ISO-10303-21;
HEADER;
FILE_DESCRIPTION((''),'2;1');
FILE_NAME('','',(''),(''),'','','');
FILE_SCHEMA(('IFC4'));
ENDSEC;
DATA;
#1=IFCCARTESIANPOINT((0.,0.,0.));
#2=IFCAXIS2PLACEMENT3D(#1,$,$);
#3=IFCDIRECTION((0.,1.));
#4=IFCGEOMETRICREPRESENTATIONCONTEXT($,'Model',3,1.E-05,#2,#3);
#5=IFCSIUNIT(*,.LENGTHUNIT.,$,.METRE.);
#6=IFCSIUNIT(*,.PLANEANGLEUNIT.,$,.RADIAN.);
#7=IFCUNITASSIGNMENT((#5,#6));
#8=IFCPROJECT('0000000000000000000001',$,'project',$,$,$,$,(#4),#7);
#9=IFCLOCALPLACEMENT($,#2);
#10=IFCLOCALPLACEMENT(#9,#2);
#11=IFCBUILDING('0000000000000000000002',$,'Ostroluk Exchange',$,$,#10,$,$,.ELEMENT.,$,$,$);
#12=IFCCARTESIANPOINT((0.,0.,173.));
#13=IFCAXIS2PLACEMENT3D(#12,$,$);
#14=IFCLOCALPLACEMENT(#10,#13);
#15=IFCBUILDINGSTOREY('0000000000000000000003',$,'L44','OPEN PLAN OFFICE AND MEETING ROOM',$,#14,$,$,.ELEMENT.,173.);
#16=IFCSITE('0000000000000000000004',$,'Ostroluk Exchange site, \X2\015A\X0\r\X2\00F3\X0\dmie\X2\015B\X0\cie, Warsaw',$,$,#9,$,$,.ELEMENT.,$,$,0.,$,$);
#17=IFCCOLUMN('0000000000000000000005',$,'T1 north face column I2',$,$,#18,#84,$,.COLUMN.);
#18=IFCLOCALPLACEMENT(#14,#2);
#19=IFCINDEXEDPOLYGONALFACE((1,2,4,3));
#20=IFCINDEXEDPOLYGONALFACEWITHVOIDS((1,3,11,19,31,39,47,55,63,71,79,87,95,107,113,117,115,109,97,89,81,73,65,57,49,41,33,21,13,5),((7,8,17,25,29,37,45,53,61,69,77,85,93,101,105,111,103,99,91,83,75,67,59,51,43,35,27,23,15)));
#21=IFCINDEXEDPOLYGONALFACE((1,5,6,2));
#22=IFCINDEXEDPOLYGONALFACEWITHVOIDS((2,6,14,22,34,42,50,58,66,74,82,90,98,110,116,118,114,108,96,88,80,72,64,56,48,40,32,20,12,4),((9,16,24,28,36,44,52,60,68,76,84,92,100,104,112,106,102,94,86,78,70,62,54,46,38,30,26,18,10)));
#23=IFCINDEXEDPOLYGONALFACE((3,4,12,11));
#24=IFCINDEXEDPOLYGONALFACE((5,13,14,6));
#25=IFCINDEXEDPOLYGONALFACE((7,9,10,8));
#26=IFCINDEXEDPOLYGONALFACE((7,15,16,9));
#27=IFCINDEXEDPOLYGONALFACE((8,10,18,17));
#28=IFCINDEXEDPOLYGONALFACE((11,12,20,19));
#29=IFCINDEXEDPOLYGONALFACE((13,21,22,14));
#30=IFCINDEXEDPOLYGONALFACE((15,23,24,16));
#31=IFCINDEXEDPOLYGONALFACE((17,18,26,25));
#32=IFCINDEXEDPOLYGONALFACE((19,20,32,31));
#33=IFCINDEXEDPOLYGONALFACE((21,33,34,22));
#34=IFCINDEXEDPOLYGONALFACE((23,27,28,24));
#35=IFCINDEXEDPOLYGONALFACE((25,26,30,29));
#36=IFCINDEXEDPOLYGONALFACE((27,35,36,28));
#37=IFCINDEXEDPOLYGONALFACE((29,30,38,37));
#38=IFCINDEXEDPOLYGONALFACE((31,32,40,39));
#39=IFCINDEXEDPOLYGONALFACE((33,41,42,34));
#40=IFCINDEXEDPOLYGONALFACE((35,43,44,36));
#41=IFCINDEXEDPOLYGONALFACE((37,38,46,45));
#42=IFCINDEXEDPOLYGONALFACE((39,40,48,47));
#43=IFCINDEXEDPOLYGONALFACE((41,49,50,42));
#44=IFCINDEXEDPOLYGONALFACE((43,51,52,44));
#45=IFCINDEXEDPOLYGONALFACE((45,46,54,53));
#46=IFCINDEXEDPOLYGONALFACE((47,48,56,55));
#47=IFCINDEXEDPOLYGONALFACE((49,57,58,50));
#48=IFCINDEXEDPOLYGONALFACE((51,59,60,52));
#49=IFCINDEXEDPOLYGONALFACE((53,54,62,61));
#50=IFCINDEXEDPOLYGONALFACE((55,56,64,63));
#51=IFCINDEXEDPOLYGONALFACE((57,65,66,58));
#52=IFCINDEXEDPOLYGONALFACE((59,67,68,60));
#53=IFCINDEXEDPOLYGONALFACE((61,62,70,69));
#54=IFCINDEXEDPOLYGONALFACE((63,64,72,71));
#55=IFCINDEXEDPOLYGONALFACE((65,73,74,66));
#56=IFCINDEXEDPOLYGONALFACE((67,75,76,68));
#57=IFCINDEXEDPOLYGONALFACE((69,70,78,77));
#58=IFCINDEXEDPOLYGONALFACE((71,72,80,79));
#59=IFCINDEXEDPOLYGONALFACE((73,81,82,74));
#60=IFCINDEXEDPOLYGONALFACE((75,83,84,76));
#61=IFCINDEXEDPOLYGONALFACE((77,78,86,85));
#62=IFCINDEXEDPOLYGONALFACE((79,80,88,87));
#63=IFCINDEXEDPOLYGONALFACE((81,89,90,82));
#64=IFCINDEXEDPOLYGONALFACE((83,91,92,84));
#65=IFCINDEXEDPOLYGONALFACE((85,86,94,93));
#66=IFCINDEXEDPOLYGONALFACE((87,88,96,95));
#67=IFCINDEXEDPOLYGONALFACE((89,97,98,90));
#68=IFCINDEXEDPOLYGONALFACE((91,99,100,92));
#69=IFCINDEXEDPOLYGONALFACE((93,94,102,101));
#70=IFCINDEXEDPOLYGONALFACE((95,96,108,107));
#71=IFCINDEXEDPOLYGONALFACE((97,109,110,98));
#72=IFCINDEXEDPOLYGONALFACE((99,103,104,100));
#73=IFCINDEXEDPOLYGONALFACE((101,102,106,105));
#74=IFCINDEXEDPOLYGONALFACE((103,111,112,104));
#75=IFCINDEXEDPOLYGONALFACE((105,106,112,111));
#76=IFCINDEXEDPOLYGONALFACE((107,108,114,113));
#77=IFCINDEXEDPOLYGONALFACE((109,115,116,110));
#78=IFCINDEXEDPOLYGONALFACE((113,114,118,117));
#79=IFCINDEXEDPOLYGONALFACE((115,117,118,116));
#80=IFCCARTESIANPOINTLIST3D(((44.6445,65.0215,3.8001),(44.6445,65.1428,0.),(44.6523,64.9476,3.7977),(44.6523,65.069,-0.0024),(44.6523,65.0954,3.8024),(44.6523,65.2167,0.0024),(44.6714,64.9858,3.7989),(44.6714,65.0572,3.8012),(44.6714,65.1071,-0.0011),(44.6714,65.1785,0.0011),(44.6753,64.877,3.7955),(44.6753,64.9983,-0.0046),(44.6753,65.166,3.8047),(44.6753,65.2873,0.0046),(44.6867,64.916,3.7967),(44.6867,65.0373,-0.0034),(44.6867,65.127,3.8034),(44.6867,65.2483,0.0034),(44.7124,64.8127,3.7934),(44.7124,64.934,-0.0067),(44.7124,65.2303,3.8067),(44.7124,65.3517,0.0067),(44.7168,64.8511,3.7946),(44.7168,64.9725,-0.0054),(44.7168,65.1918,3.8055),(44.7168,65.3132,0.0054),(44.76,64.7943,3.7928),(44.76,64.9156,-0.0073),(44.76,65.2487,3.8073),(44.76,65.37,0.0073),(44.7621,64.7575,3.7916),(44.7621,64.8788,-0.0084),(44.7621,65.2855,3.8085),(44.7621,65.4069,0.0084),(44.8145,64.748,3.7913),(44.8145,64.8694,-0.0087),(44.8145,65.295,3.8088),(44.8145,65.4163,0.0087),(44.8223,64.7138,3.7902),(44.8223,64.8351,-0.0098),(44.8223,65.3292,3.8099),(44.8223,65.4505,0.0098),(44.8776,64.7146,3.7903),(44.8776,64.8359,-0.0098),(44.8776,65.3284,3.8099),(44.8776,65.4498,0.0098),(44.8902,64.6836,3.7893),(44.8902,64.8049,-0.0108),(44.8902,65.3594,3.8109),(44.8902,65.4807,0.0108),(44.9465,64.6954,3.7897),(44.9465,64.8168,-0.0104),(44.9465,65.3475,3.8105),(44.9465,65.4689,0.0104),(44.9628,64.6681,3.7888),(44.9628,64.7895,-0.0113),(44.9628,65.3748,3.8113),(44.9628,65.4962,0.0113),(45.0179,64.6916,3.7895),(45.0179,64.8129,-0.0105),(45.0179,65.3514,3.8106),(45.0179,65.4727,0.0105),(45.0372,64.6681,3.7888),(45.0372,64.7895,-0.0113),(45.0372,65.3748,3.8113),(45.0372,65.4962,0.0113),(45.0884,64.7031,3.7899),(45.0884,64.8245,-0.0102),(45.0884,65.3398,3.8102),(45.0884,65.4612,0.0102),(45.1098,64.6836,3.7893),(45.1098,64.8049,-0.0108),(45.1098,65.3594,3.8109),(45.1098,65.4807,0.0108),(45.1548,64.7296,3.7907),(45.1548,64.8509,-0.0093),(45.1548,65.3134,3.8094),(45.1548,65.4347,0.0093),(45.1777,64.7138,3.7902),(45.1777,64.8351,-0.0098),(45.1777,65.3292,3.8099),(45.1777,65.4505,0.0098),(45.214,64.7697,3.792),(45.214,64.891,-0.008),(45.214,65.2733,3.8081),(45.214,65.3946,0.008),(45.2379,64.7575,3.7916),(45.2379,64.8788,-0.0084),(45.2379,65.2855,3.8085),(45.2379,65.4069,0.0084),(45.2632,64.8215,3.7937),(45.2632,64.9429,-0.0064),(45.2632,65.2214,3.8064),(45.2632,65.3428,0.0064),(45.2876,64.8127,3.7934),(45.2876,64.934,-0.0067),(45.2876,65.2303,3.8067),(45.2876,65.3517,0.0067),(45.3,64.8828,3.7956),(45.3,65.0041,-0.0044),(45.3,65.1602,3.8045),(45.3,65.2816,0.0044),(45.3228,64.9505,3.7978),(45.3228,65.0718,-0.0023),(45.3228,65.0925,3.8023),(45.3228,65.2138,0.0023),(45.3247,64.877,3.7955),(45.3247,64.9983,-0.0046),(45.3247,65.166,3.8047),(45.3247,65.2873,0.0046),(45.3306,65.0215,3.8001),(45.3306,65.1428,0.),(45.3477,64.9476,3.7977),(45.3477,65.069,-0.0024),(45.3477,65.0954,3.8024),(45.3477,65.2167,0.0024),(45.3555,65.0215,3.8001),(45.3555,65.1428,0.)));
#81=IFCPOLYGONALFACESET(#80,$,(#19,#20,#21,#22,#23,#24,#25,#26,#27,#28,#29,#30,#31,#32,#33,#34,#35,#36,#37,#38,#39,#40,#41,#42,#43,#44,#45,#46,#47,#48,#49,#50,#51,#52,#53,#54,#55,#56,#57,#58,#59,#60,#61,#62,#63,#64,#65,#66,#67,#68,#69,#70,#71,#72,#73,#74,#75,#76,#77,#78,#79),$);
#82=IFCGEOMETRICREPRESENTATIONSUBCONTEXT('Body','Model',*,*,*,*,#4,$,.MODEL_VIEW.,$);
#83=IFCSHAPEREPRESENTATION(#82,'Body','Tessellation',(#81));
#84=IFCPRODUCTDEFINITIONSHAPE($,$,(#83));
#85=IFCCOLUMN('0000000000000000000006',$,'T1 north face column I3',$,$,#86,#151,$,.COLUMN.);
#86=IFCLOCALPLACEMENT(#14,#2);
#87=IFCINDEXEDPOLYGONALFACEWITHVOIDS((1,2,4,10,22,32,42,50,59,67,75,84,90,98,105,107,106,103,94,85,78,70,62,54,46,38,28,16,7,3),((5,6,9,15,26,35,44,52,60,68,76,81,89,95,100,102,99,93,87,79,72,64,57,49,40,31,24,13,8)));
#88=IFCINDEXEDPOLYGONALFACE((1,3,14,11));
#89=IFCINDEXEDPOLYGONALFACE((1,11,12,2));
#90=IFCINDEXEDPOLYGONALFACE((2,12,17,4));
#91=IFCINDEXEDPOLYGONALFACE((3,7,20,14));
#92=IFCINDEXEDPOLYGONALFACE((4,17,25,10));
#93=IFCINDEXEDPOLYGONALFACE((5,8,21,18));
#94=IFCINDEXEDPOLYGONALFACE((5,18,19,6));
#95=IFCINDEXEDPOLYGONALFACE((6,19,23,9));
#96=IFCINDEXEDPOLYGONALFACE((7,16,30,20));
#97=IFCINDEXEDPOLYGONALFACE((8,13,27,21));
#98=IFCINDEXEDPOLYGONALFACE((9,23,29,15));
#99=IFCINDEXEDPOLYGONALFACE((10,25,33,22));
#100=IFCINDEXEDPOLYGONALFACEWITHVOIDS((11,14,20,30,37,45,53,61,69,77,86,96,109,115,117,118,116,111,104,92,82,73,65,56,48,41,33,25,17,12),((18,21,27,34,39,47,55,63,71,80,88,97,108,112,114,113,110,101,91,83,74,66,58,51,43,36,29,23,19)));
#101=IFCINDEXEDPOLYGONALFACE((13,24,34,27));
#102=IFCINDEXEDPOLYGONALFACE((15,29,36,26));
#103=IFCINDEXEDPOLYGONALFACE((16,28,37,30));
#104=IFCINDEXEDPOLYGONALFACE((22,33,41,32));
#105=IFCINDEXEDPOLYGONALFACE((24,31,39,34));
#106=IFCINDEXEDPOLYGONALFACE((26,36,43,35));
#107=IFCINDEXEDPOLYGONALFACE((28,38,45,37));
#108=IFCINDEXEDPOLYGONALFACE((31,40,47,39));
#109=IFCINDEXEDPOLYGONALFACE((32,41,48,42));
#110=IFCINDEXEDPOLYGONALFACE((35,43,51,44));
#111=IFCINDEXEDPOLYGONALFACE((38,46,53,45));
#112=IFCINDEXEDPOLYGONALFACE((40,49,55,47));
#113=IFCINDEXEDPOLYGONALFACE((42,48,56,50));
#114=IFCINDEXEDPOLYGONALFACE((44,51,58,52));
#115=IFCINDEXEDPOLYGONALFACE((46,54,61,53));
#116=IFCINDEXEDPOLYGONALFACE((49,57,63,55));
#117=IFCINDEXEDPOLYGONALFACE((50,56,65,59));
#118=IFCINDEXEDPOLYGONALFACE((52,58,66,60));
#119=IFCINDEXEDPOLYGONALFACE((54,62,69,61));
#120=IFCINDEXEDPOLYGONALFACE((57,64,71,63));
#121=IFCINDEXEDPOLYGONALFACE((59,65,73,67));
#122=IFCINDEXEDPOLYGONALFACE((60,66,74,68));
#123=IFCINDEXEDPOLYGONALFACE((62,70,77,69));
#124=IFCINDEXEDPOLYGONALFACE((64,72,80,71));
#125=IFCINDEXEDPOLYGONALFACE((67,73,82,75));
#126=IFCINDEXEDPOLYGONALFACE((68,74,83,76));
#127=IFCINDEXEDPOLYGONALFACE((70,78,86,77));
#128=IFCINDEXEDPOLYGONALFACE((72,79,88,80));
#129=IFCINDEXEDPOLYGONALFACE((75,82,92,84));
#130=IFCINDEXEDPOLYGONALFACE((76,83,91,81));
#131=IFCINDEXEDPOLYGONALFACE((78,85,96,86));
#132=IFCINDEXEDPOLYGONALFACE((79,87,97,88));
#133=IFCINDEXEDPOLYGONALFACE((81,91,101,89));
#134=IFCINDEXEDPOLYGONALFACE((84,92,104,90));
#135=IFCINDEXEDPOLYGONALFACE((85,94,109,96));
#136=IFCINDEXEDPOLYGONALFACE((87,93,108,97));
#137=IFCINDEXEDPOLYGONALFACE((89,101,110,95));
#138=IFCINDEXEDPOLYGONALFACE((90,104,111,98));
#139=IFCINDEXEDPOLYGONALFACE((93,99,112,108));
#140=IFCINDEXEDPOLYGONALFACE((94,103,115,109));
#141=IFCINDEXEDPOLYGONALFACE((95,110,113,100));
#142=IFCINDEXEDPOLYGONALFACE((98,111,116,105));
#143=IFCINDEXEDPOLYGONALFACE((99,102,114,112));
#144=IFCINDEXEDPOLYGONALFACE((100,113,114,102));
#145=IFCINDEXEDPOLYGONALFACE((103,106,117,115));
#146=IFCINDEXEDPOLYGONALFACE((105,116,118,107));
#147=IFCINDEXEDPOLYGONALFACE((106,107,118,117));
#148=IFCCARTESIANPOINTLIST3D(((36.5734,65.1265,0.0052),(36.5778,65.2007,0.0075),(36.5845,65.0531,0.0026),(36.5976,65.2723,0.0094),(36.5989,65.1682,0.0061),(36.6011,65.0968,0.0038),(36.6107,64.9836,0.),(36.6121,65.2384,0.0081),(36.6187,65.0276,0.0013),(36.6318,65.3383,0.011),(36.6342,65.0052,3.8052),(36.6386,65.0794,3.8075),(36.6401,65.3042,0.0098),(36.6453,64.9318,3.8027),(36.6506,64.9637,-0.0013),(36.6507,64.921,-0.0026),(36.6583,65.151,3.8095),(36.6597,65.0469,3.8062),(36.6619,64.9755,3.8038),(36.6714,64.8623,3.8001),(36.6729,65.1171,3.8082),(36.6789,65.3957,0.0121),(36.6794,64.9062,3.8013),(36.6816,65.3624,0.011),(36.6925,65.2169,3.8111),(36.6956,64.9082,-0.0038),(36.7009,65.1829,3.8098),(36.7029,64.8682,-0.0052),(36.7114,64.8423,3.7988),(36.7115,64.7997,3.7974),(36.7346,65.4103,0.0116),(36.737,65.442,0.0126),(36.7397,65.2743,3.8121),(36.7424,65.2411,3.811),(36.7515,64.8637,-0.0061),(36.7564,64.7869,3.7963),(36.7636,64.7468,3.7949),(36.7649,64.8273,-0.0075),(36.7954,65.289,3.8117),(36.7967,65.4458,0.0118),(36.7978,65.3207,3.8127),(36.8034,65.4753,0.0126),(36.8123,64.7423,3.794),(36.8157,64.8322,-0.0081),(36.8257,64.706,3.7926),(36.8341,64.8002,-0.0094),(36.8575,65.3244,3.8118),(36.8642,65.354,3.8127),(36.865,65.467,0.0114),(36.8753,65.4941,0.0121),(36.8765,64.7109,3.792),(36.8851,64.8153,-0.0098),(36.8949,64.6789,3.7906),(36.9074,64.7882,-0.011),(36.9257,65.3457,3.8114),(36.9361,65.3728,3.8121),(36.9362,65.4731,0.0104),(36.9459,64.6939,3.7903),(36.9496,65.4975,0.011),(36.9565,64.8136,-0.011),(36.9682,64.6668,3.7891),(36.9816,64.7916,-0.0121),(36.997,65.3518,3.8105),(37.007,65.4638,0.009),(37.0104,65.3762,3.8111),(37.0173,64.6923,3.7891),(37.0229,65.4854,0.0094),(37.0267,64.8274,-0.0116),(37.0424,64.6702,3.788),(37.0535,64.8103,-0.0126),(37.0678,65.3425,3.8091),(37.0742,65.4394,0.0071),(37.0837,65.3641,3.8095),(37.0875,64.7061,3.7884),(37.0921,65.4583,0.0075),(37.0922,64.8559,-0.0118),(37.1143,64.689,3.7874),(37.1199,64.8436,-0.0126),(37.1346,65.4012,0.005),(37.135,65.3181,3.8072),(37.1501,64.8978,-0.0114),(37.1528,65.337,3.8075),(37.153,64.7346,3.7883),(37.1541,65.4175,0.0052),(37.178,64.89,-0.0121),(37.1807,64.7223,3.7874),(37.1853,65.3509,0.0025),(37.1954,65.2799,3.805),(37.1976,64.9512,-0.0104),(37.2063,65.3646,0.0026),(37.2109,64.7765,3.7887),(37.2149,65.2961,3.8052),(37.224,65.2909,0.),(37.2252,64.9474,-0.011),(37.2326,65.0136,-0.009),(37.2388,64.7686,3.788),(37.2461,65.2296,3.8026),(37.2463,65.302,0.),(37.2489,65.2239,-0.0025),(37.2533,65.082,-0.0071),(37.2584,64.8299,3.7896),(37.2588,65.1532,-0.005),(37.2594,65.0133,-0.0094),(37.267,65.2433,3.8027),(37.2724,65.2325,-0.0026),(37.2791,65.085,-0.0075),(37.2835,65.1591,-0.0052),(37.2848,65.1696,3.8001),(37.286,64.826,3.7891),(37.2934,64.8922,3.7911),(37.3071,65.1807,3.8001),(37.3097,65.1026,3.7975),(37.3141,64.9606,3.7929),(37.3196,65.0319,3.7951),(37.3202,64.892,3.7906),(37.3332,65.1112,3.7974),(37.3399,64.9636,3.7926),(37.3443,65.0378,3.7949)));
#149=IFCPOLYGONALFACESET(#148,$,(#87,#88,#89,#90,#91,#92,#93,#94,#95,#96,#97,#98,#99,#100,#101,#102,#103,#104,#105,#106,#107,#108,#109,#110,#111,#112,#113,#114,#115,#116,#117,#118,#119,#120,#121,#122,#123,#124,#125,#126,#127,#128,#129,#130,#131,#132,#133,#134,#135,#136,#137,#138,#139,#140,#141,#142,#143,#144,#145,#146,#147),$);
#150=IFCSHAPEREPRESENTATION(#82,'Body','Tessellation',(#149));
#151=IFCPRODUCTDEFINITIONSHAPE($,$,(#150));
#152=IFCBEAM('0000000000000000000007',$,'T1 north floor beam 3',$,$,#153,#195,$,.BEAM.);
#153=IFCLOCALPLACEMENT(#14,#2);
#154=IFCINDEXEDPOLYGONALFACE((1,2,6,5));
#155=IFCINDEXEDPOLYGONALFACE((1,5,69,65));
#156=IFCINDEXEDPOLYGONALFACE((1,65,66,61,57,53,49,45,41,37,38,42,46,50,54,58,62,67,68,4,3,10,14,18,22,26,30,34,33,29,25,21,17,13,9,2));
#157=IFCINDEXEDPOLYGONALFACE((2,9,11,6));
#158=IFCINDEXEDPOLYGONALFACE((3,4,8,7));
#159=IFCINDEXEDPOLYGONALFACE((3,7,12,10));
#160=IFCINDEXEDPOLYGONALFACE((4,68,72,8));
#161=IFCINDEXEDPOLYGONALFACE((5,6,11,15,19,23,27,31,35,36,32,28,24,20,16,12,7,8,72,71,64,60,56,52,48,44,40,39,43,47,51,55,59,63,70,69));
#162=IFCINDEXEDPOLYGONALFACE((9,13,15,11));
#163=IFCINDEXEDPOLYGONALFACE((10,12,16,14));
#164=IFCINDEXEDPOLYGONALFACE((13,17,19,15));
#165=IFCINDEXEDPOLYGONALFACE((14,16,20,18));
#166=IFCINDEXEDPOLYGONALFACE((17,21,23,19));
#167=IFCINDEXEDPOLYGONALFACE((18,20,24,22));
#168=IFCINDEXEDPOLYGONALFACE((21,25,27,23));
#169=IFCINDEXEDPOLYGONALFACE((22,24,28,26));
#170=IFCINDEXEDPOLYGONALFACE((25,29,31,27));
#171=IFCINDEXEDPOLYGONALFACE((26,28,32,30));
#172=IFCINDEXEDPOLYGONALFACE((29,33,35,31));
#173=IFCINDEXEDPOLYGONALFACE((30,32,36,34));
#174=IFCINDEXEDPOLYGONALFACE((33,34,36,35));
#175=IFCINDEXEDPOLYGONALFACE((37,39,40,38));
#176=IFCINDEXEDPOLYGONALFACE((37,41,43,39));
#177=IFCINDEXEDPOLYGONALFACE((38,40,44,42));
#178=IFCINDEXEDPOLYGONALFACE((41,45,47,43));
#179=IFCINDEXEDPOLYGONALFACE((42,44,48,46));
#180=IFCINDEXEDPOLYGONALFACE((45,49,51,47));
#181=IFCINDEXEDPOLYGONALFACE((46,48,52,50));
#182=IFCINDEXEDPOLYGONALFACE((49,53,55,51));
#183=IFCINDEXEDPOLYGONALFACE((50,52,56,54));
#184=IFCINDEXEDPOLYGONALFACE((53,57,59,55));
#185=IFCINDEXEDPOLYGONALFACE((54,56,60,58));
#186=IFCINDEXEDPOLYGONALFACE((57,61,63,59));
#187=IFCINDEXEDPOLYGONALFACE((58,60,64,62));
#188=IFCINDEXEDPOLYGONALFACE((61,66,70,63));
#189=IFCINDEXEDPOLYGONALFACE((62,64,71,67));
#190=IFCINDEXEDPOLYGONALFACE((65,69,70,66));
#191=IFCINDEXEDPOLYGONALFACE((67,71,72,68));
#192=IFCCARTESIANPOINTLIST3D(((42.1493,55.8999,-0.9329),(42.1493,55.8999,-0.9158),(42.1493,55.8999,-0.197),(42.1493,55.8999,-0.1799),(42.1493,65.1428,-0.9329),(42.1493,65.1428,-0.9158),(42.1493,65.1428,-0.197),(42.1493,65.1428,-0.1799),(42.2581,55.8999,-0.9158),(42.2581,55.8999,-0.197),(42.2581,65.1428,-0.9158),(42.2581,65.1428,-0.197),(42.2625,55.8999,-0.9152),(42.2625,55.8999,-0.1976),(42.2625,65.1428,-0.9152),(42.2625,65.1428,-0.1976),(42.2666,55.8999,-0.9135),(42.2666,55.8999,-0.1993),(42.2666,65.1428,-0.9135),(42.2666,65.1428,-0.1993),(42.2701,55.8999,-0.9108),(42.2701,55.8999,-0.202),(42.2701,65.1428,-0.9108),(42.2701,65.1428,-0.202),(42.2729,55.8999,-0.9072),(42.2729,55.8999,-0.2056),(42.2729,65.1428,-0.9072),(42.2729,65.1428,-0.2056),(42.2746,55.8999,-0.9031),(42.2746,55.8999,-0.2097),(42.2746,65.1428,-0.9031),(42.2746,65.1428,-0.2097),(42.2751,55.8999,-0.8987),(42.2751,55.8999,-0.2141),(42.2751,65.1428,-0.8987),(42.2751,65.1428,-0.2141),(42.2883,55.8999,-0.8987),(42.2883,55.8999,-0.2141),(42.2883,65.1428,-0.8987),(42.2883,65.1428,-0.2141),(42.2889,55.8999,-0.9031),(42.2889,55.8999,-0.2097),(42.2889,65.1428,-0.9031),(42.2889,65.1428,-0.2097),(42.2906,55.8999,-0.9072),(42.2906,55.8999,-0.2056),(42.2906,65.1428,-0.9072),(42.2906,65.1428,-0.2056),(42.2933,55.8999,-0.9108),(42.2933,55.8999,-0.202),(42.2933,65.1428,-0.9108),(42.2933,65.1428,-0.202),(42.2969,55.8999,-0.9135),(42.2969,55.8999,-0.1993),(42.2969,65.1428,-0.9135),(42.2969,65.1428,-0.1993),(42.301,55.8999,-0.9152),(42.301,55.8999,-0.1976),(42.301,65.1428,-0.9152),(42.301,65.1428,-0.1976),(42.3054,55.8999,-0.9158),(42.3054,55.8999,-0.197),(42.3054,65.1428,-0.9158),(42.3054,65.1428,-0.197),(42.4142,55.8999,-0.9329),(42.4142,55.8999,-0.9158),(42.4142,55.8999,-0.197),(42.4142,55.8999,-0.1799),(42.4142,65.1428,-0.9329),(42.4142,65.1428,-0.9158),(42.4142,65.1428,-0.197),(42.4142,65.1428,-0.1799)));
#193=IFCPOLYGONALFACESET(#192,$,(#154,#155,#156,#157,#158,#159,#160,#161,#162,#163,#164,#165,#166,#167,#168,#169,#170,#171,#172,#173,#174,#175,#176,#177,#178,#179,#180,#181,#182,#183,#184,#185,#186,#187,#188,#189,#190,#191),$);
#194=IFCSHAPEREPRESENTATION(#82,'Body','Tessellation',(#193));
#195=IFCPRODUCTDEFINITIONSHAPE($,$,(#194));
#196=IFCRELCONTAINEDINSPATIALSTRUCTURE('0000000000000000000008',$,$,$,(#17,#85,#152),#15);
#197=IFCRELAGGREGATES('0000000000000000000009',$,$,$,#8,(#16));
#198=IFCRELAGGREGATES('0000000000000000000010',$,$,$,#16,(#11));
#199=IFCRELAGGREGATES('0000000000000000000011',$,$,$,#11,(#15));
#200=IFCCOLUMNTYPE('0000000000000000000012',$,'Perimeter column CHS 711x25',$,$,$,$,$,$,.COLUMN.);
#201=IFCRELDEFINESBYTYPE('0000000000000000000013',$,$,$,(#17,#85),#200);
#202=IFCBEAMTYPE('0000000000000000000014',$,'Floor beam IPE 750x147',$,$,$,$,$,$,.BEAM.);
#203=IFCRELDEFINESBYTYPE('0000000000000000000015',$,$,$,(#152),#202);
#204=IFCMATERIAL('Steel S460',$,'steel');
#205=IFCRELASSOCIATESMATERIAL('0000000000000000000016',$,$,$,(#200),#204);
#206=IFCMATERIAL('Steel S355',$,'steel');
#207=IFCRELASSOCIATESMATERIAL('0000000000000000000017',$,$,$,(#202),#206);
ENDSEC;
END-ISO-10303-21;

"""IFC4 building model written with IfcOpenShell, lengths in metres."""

from ifc_helpers import new_model, si_unit, direction, frame, origin, origin_2d, place, context, subcontext, project, spatial, hollow_circle, i_section, extrude, material, material_profile, profile_set, type_object, element, save


model = new_model("IFC4")

# Units and contexts
model_context = context("Model", 3, precision=1e-05, world=origin(), true_north=direction((0.0, 1.0)))
body_context = subcontext(model_context, "Body", "Model", "MODEL_VIEW")
ifc_project = project(units=[si_unit("LENGTHUNIT", "METRE"), si_unit("PLANEANGLEUNIT", "RADIAN")], contexts=[model_context])

# Site, building, storey
site_placement = place(None, origin())
site = spatial("IfcSite", under=ifc_project, at=site_placement, Name="Ostroluk Exchange site, Śródmieście, Warsaw", CompositionType="ELEMENT", RefElevation=0.0)
building_placement = place(site_placement, origin())
building = spatial("IfcBuilding", under=site, at=building_placement, Name="Ostroluk Exchange", CompositionType="ELEMENT")
storey_placement = place(building_placement, frame((0.0, 0.0, 173.0)))
storey = spatial("IfcBuildingStorey", under=building, at=storey_placement, Name="L44", Description="OPEN PLAN OFFICE AND MEETING ROOM", CompositionType="ELEMENT", Elevation=173.0)

# Columns
ifc_material_1 = material(Name="Steel S460", Category="steel")
ifc_material_profile_1 = material_profile(ifc_material_1, hollow_circle(Radius=0.3555, WallThickness=0.0249, at=origin_2d()), Name="CHS 711x25")
ifc_profile_set_1 = profile_set([ifc_material_profile_1], Name="Steel S460")
column_type = type_object("IfcColumnType", Name="Perimeter column CHS 711x25", PredefinedType="COLUMN", material=ifc_profile_set_1)
column_1_placement = place(storey_placement, frame((45.0, 65.1428, 0.0), z_axis=(0.0, -0.031914, 0.999491), x_axis=(1.0, 0.0, 0.0)))
element("IfcColumn", 1, at=column_1_placement, inside=storey, type_object=column_type, Name="T1 north face column I2", PredefinedType="COLUMN", context=body_context, shape_type="SweptSolid", body=[
    extrude(hollow_circle(Radius=0.3555, WallThickness=0.0249, at=origin_2d()), origin(), (0.0, 0.0, 1.0), 3.802),
])
column_2_placement = place(storey_placement, frame((36.9285, 65.1428, 0.0), z_axis=(0.015987, -0.03191, 0.999363), x_axis=(0.894067, 0.447933, 0.0)))
element("IfcColumn", 2, at=column_2_placement, inside=storey, type_object=column_type, Name="T1 north face column I3", PredefinedType="COLUMN", context=body_context, shape_type="SweptSolid", body=[
    extrude(hollow_circle(Radius=0.3555, WallThickness=0.0249, at=origin_2d()), origin(), (0.0, 0.0, 1.0), 3.8025),
])

# Beam
ifc_material_2 = material(Name="Steel S355", Category="steel")
ifc_material_profile_2 = material_profile(ifc_material_2, i_section(OverallWidth=0.2649, OverallDepth=0.7529, WebThickness=0.0132, FlangeThickness=0.0171, FilletRadius=0.0171, at=origin_2d()), Name="IPE 750x147")
ifc_profile_set_2 = profile_set([ifc_material_profile_2], Name="Steel S355")
beam_type_1 = type_object("IfcBeamType", Name="Floor beam IPE 750x147", PredefinedType="BEAM", material=ifc_profile_set_2)
for number, where, z_axis, x_axis, name in (
    (3, (42.2817, 55.8999, -0.5564), (0.0, 1.0, 0.0), (-1.0, 0.0, 0.0), "T1 north floor beam 3"),
):
    element("IfcBeam", number, at=place(storey_placement, frame(where, z_axis=z_axis, x_axis=x_axis)), inside=storey, type_object=beam_type_1, Name=name, PredefinedType="BEAM", context=body_context, shape_type="SweptSolid", body=[
        extrude(i_section(OverallWidth=0.2649, OverallDepth=0.7529, WebThickness=0.0132, FlangeThickness=0.0171, FilletRadius=0.0171, at=origin_2d()), origin(), (0.0, 0.0, 1.0), 9.2429),
    ])

save(model, "model.ifc")
